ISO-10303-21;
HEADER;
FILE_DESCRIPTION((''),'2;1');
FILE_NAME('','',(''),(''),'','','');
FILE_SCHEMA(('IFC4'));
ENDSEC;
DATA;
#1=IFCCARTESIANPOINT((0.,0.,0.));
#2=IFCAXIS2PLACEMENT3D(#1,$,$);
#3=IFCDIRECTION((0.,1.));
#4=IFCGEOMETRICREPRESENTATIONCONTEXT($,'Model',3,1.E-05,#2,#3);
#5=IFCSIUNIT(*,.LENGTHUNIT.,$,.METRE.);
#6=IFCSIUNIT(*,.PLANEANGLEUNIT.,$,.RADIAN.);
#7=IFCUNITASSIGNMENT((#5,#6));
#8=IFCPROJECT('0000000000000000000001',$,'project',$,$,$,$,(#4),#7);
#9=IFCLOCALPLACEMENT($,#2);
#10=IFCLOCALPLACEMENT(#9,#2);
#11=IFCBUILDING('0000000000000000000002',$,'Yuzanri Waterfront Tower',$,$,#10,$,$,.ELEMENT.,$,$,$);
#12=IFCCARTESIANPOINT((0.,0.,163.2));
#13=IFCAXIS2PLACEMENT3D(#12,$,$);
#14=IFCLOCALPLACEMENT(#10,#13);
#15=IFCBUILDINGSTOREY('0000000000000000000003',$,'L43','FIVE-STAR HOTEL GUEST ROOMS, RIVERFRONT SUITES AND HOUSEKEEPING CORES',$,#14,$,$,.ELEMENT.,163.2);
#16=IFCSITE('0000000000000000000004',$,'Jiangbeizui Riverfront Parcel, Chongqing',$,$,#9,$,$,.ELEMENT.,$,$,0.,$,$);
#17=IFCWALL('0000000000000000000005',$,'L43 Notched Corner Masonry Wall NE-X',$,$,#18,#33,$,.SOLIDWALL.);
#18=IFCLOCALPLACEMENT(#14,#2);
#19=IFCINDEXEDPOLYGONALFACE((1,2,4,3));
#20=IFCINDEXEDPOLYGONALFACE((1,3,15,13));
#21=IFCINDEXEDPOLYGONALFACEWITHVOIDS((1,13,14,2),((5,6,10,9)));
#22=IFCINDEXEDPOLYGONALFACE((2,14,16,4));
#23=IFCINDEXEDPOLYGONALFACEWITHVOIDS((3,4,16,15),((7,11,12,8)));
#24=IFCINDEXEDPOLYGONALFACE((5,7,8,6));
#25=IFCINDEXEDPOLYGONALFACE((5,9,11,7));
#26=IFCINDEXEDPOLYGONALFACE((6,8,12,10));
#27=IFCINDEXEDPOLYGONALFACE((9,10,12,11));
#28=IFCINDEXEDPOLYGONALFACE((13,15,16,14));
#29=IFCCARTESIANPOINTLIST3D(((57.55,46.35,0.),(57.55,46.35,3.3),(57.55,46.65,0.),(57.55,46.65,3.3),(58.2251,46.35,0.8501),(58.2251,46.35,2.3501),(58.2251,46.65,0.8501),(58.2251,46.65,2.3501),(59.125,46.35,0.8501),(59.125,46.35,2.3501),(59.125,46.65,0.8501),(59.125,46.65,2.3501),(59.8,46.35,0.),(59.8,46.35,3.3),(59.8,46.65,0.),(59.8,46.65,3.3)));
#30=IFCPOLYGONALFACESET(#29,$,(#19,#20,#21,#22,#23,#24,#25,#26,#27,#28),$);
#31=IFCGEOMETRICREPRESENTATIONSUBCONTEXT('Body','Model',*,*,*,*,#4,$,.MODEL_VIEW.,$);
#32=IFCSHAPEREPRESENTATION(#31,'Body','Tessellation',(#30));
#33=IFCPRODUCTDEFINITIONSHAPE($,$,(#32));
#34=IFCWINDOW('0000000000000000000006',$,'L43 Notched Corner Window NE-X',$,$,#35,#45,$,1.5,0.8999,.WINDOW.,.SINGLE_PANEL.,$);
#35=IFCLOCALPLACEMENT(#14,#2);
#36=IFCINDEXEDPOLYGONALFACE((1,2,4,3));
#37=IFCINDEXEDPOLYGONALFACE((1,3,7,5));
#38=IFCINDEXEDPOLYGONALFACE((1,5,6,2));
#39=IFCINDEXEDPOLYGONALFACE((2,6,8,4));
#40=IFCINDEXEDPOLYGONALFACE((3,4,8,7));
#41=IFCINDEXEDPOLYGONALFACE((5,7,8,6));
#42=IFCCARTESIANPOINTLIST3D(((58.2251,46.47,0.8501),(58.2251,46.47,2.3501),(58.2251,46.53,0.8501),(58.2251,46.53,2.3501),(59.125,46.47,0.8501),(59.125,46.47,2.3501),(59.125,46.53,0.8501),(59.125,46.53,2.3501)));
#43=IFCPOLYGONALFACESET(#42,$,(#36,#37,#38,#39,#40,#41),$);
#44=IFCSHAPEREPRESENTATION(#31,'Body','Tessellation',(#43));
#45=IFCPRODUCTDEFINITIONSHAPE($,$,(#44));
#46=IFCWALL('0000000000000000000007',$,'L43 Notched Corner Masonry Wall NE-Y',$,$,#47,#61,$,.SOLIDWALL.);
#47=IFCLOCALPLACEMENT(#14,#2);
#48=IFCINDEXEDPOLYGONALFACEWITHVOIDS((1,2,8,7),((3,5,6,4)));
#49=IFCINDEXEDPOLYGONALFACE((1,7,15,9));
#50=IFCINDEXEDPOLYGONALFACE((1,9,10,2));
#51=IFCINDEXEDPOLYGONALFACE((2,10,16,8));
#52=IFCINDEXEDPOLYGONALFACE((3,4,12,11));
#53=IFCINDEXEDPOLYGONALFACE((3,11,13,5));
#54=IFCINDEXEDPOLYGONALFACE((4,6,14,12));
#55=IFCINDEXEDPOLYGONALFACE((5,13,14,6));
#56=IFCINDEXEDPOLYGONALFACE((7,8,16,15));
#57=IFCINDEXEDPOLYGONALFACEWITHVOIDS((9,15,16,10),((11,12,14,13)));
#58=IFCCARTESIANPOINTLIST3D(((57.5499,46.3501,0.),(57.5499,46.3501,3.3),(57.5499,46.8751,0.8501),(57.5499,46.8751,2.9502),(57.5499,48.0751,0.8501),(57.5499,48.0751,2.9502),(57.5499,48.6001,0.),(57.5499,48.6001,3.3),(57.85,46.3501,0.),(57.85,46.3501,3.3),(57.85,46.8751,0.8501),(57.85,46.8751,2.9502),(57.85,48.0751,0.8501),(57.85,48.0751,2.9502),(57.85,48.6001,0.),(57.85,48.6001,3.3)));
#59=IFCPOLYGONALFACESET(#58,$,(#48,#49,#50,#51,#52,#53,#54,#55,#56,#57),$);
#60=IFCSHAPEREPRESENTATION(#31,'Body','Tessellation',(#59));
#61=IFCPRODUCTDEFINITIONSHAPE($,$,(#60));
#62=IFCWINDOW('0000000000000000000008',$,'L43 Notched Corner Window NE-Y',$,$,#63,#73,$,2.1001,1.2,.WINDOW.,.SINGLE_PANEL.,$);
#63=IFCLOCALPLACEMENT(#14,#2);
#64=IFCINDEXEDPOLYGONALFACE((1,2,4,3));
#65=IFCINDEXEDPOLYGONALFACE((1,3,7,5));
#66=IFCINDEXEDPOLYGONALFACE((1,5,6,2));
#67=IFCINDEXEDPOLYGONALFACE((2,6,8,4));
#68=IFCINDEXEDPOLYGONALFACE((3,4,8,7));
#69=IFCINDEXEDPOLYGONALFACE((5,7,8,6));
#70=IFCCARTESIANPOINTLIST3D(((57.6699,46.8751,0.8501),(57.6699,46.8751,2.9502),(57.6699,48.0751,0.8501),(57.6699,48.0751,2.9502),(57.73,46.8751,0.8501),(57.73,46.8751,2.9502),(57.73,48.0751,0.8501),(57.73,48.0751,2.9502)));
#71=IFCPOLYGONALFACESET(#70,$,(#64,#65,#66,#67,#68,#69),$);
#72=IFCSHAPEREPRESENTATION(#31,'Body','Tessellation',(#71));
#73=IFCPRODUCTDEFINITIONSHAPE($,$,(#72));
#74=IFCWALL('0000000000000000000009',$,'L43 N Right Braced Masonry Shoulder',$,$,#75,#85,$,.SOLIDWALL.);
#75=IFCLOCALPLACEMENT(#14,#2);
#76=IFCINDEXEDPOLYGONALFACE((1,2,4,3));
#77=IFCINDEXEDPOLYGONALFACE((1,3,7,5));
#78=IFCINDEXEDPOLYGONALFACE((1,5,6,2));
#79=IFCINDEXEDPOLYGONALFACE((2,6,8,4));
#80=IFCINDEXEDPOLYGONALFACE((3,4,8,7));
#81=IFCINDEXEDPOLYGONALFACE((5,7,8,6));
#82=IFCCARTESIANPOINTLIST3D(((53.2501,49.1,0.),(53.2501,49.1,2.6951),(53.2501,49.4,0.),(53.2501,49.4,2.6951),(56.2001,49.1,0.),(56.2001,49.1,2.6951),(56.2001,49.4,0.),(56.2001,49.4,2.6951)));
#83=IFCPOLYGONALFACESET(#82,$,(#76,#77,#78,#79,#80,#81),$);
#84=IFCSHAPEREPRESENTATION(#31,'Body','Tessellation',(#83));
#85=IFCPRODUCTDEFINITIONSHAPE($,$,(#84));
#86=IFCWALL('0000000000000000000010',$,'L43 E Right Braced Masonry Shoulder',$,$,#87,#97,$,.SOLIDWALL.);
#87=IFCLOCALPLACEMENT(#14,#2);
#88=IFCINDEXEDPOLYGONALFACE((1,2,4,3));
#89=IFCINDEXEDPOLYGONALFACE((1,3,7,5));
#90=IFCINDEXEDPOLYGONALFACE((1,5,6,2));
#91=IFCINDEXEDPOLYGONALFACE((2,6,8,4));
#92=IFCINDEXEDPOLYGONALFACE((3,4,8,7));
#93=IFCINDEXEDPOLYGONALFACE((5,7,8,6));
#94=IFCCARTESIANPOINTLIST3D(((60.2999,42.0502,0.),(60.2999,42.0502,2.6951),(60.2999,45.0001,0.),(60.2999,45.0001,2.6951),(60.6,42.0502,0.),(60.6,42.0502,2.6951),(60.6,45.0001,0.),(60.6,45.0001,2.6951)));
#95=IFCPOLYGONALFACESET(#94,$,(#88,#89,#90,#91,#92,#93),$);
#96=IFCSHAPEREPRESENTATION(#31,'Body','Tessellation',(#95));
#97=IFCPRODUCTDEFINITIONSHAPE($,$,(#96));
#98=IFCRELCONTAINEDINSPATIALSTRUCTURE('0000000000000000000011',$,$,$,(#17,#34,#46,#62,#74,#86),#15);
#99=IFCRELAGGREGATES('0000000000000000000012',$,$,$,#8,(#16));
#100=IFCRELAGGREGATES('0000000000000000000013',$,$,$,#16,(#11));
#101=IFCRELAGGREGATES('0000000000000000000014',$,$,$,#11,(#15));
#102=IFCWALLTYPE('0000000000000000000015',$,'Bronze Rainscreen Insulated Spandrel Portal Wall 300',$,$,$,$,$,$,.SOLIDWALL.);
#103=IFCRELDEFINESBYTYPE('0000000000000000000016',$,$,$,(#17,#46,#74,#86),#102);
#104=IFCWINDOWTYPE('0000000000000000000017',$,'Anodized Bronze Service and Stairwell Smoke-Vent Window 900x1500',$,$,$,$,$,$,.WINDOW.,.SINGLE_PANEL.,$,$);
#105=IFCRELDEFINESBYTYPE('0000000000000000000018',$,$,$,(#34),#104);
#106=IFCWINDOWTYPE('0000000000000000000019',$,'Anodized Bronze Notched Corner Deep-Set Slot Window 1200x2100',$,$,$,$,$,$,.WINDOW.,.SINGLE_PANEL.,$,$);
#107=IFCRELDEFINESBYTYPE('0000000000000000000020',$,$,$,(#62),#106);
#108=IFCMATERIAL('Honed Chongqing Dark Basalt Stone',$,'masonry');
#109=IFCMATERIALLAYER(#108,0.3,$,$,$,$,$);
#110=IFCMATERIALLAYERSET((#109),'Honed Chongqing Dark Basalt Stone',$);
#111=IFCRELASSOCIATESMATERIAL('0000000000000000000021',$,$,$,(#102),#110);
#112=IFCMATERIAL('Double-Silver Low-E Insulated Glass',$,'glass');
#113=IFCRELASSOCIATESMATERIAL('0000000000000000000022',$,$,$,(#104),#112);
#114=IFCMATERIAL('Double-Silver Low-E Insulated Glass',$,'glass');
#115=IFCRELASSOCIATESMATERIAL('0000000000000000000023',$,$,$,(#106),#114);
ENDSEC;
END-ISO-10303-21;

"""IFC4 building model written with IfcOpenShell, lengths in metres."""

from ifc_helpers import new_model, si_unit, direction, frame, frame_2d, origin, place, context, subcontext, project, spatial, rectangle, extrude, source, transform, mapped, material, layer, layer_set, type_object, element, fill, save


model = new_model("IFC4")

# Units and contexts
model_context = context("Model", 3, precision=1e-05, world=origin(), true_north=direction((0.0, 1.0)))
body_context = subcontext(model_context, "Body", "Model", "MODEL_VIEW")
ifc_project = project(units=[si_unit("LENGTHUNIT", "METRE"), si_unit("PLANEANGLEUNIT", "RADIAN")], contexts=[model_context])

# Site, building, storey
site_placement = place(None, origin())
site = spatial("IfcSite", under=ifc_project, at=site_placement, Name="Jiangbeizui Riverfront Parcel, Chongqing", CompositionType="ELEMENT", RefElevation=0.0)
building_placement = place(site_placement, origin())
building = spatial("IfcBuilding", under=site, at=building_placement, Name="Yuzanri Waterfront Tower", CompositionType="ELEMENT")
storey_placement = place(building_placement, frame((0.0, 0.0, 163.2)))
storey = spatial("IfcBuildingStorey", under=building, at=storey_placement, Name="L43", Description="FIVE-STAR HOTEL GUEST ROOMS, RIVERFRONT SUITES AND HOUSEKEEPING CORES", CompositionType="ELEMENT", Elevation=163.2)

# Walls, openings, windows
ifc_material_1 = material(Name="Honed Chongqing Dark Basalt Stone", Category="masonry")
ifc_layer_1 = layer(ifc_material_1, 0.3)
ifc_layer_set_1 = layer_set([ifc_layer_1], Name="Honed Chongqing Dark Basalt Stone")
wall_type_1 = type_object("IfcWallType", Name="Bronze Rainscreen Insulated Spandrel Portal Wall 300", PredefinedType="SOLIDWALL", material=ifc_layer_set_1)
wall_1_placement = place(storey_placement, frame((59.8, 46.5, 0.0), z_axis=(0.0, 0.0, 1.0), x_axis=(-1.0, 0.0, 0.0)))
wall_1 = element("IfcWall", 1, at=wall_1_placement, inside=storey, type_object=wall_type_1, Name="L43 Notched Corner Masonry Wall NE-X", PredefinedType="SOLIDWALL", context=body_context, shape_type="SweptSolid", body=[
    extrude(rectangle(XDim=2.25, YDim=0.3, at=frame_2d((1.125, 0.0))), origin(), (0.0, 0.0, 1.0), 3.3),
])
opening_1_placement = place(wall_1_placement, frame((0.675, 0.0, 0.8501)))
opening_1 = element("IfcOpeningElement", 2, at=opening_1_placement, cuts=wall_1, PredefinedType="OPENING", context=body_context, shape_type="SweptSolid", body=[
    extrude(rectangle(XDim=0.8999, YDim=1.5, at=frame_2d((0.45, 0.75))), frame((0.0, 0.165, 0.0), z_axis=(0.0, -1.0, 0.0), x_axis=(1.0, 0.0, 0.0)), (0.0, 0.0, 1.0), 0.3298),
])
ifc_material_2 = material(Name="Double-Silver Low-E Insulated Glass", Category="glass")
window_type_1 = type_object("IfcWindowType", Name="Anodized Bronze Service and Stairwell Smoke-Vent Window 900x1500", PartitioningType="SINGLE_PANEL", PredefinedType="WINDOW", material=ifc_material_2)
shared_shape_1 = source(origin(), body_context, "Body", "SweptSolid", [
    extrude(rectangle(XDim=0.8999, YDim=1.5, at=frame_2d((0.45, 0.75))), frame((0.0, 0.03, 0.0), z_axis=(0.0, -1.0, 0.0), x_axis=(1.0, 0.0, 0.0)), (0.0, 0.0, 1.0), 0.0601),
])
window_1_placement = place(opening_1_placement, origin())
window_1 = element("IfcWindow", 3, at=window_1_placement, inside=storey, type_object=window_type_1, Name="L43 Notched Corner Window NE-X", OverallHeight=1.5, OverallWidth=0.8999, PartitioningType="SINGLE_PANEL", PredefinedType="WINDOW", context=body_context, shape_type="MappedRepresentation", body=[
    mapped(shared_shape_1, transform((0.0, 0.0, 0.0), scale=1.0)),
])
fill(opening_1, window_1)
wall_2_placement = place(storey_placement, frame((57.7, 46.3501, 0.0), z_axis=(0.0, 0.0, 1.0), x_axis=(0.0, 1.0, 0.0)))
wall_2 = element("IfcWall", 4, at=wall_2_placement, inside=storey, type_object=wall_type_1, Name="L43 Notched Corner Masonry Wall NE-Y", PredefinedType="SOLIDWALL", context=body_context, shape_type="SweptSolid", body=[
    extrude(rectangle(XDim=2.25, YDim=0.3, at=frame_2d((1.125, 0.0))), origin(), (0.0, 0.0, 1.0), 3.3),
])
opening_2_placement = place(wall_2_placement, frame((0.5249, 0.0, 0.8501)))
opening_2 = element("IfcOpeningElement", 5, at=opening_2_placement, cuts=wall_2, PredefinedType="OPENING", context=body_context, shape_type="SweptSolid", body=[
    extrude(rectangle(XDim=1.2, YDim=2.1001, at=frame_2d((0.6001, 1.05))), frame((0.0, 0.165, 0.0), z_axis=(0.0, -1.0, 0.0), x_axis=(1.0, 0.0, 0.0)), (0.0, 0.0, 1.0), 0.3298),
])
ifc_material_3 = material(Name="Double-Silver Low-E Insulated Glass", Category="glass")
window_type_2 = type_object("IfcWindowType", Name="Anodized Bronze Notched Corner Deep-Set Slot Window 1200x2100", PartitioningType="SINGLE_PANEL", PredefinedType="WINDOW", material=ifc_material_3)
shared_shape_2 = source(origin(), body_context, "Body", "SweptSolid", [
    extrude(rectangle(XDim=1.2, YDim=2.1001, at=frame_2d((0.6001, 1.05))), frame((0.0, 0.03, 0.0), z_axis=(0.0, -1.0, 0.0), x_axis=(1.0, 0.0, 0.0)), (0.0, 0.0, 1.0), 0.0601),
])
window_2_placement = place(opening_2_placement, origin())
window_2 = element("IfcWindow", 6, at=window_2_placement, inside=storey, type_object=window_type_2, Name="L43 Notched Corner Window NE-Y", OverallHeight=2.1001, OverallWidth=1.2, PartitioningType="SINGLE_PANEL", PredefinedType="WINDOW", context=body_context, shape_type="MappedRepresentation", body=[
    mapped(shared_shape_2, transform((0.0, 0.0, 0.0), scale=1.0)),
])
fill(opening_2, window_2)

# Walls
shared_shape_3 = source(origin(), body_context, "Body", "SweptSolid", [
    extrude(rectangle(XDim=2.95, YDim=0.3, at=frame_2d((1.4751, 0.0))), origin(), (0.0, 0.0, 1.0), 2.6951),
])
for number, where, z_axis, x_axis, name in (
    (7, (53.25, 49.25, 0.0), (0.0, 0.0, 1.0), (1.0, 0.0, 0.0), "L43 N Right Braced Masonry Shoulder"),
    (8, (60.45, 42.05, 0.0), (0.0, 0.0, 1.0), (0.0, 1.0, 0.0), "L43 E Right Braced Masonry Shoulder"),
):
    element("IfcWall", number, at=place(storey_placement, frame(where, z_axis=z_axis, x_axis=x_axis)), inside=storey, type_object=wall_type_1, Name=name, PredefinedType="SOLIDWALL", context=body_context, shape_type="MappedRepresentation", body=[
        mapped(shared_shape_3, transform((0.0, 0.0, 0.0), scale=1.0)),
    ])

save(model, "model.ifc")
